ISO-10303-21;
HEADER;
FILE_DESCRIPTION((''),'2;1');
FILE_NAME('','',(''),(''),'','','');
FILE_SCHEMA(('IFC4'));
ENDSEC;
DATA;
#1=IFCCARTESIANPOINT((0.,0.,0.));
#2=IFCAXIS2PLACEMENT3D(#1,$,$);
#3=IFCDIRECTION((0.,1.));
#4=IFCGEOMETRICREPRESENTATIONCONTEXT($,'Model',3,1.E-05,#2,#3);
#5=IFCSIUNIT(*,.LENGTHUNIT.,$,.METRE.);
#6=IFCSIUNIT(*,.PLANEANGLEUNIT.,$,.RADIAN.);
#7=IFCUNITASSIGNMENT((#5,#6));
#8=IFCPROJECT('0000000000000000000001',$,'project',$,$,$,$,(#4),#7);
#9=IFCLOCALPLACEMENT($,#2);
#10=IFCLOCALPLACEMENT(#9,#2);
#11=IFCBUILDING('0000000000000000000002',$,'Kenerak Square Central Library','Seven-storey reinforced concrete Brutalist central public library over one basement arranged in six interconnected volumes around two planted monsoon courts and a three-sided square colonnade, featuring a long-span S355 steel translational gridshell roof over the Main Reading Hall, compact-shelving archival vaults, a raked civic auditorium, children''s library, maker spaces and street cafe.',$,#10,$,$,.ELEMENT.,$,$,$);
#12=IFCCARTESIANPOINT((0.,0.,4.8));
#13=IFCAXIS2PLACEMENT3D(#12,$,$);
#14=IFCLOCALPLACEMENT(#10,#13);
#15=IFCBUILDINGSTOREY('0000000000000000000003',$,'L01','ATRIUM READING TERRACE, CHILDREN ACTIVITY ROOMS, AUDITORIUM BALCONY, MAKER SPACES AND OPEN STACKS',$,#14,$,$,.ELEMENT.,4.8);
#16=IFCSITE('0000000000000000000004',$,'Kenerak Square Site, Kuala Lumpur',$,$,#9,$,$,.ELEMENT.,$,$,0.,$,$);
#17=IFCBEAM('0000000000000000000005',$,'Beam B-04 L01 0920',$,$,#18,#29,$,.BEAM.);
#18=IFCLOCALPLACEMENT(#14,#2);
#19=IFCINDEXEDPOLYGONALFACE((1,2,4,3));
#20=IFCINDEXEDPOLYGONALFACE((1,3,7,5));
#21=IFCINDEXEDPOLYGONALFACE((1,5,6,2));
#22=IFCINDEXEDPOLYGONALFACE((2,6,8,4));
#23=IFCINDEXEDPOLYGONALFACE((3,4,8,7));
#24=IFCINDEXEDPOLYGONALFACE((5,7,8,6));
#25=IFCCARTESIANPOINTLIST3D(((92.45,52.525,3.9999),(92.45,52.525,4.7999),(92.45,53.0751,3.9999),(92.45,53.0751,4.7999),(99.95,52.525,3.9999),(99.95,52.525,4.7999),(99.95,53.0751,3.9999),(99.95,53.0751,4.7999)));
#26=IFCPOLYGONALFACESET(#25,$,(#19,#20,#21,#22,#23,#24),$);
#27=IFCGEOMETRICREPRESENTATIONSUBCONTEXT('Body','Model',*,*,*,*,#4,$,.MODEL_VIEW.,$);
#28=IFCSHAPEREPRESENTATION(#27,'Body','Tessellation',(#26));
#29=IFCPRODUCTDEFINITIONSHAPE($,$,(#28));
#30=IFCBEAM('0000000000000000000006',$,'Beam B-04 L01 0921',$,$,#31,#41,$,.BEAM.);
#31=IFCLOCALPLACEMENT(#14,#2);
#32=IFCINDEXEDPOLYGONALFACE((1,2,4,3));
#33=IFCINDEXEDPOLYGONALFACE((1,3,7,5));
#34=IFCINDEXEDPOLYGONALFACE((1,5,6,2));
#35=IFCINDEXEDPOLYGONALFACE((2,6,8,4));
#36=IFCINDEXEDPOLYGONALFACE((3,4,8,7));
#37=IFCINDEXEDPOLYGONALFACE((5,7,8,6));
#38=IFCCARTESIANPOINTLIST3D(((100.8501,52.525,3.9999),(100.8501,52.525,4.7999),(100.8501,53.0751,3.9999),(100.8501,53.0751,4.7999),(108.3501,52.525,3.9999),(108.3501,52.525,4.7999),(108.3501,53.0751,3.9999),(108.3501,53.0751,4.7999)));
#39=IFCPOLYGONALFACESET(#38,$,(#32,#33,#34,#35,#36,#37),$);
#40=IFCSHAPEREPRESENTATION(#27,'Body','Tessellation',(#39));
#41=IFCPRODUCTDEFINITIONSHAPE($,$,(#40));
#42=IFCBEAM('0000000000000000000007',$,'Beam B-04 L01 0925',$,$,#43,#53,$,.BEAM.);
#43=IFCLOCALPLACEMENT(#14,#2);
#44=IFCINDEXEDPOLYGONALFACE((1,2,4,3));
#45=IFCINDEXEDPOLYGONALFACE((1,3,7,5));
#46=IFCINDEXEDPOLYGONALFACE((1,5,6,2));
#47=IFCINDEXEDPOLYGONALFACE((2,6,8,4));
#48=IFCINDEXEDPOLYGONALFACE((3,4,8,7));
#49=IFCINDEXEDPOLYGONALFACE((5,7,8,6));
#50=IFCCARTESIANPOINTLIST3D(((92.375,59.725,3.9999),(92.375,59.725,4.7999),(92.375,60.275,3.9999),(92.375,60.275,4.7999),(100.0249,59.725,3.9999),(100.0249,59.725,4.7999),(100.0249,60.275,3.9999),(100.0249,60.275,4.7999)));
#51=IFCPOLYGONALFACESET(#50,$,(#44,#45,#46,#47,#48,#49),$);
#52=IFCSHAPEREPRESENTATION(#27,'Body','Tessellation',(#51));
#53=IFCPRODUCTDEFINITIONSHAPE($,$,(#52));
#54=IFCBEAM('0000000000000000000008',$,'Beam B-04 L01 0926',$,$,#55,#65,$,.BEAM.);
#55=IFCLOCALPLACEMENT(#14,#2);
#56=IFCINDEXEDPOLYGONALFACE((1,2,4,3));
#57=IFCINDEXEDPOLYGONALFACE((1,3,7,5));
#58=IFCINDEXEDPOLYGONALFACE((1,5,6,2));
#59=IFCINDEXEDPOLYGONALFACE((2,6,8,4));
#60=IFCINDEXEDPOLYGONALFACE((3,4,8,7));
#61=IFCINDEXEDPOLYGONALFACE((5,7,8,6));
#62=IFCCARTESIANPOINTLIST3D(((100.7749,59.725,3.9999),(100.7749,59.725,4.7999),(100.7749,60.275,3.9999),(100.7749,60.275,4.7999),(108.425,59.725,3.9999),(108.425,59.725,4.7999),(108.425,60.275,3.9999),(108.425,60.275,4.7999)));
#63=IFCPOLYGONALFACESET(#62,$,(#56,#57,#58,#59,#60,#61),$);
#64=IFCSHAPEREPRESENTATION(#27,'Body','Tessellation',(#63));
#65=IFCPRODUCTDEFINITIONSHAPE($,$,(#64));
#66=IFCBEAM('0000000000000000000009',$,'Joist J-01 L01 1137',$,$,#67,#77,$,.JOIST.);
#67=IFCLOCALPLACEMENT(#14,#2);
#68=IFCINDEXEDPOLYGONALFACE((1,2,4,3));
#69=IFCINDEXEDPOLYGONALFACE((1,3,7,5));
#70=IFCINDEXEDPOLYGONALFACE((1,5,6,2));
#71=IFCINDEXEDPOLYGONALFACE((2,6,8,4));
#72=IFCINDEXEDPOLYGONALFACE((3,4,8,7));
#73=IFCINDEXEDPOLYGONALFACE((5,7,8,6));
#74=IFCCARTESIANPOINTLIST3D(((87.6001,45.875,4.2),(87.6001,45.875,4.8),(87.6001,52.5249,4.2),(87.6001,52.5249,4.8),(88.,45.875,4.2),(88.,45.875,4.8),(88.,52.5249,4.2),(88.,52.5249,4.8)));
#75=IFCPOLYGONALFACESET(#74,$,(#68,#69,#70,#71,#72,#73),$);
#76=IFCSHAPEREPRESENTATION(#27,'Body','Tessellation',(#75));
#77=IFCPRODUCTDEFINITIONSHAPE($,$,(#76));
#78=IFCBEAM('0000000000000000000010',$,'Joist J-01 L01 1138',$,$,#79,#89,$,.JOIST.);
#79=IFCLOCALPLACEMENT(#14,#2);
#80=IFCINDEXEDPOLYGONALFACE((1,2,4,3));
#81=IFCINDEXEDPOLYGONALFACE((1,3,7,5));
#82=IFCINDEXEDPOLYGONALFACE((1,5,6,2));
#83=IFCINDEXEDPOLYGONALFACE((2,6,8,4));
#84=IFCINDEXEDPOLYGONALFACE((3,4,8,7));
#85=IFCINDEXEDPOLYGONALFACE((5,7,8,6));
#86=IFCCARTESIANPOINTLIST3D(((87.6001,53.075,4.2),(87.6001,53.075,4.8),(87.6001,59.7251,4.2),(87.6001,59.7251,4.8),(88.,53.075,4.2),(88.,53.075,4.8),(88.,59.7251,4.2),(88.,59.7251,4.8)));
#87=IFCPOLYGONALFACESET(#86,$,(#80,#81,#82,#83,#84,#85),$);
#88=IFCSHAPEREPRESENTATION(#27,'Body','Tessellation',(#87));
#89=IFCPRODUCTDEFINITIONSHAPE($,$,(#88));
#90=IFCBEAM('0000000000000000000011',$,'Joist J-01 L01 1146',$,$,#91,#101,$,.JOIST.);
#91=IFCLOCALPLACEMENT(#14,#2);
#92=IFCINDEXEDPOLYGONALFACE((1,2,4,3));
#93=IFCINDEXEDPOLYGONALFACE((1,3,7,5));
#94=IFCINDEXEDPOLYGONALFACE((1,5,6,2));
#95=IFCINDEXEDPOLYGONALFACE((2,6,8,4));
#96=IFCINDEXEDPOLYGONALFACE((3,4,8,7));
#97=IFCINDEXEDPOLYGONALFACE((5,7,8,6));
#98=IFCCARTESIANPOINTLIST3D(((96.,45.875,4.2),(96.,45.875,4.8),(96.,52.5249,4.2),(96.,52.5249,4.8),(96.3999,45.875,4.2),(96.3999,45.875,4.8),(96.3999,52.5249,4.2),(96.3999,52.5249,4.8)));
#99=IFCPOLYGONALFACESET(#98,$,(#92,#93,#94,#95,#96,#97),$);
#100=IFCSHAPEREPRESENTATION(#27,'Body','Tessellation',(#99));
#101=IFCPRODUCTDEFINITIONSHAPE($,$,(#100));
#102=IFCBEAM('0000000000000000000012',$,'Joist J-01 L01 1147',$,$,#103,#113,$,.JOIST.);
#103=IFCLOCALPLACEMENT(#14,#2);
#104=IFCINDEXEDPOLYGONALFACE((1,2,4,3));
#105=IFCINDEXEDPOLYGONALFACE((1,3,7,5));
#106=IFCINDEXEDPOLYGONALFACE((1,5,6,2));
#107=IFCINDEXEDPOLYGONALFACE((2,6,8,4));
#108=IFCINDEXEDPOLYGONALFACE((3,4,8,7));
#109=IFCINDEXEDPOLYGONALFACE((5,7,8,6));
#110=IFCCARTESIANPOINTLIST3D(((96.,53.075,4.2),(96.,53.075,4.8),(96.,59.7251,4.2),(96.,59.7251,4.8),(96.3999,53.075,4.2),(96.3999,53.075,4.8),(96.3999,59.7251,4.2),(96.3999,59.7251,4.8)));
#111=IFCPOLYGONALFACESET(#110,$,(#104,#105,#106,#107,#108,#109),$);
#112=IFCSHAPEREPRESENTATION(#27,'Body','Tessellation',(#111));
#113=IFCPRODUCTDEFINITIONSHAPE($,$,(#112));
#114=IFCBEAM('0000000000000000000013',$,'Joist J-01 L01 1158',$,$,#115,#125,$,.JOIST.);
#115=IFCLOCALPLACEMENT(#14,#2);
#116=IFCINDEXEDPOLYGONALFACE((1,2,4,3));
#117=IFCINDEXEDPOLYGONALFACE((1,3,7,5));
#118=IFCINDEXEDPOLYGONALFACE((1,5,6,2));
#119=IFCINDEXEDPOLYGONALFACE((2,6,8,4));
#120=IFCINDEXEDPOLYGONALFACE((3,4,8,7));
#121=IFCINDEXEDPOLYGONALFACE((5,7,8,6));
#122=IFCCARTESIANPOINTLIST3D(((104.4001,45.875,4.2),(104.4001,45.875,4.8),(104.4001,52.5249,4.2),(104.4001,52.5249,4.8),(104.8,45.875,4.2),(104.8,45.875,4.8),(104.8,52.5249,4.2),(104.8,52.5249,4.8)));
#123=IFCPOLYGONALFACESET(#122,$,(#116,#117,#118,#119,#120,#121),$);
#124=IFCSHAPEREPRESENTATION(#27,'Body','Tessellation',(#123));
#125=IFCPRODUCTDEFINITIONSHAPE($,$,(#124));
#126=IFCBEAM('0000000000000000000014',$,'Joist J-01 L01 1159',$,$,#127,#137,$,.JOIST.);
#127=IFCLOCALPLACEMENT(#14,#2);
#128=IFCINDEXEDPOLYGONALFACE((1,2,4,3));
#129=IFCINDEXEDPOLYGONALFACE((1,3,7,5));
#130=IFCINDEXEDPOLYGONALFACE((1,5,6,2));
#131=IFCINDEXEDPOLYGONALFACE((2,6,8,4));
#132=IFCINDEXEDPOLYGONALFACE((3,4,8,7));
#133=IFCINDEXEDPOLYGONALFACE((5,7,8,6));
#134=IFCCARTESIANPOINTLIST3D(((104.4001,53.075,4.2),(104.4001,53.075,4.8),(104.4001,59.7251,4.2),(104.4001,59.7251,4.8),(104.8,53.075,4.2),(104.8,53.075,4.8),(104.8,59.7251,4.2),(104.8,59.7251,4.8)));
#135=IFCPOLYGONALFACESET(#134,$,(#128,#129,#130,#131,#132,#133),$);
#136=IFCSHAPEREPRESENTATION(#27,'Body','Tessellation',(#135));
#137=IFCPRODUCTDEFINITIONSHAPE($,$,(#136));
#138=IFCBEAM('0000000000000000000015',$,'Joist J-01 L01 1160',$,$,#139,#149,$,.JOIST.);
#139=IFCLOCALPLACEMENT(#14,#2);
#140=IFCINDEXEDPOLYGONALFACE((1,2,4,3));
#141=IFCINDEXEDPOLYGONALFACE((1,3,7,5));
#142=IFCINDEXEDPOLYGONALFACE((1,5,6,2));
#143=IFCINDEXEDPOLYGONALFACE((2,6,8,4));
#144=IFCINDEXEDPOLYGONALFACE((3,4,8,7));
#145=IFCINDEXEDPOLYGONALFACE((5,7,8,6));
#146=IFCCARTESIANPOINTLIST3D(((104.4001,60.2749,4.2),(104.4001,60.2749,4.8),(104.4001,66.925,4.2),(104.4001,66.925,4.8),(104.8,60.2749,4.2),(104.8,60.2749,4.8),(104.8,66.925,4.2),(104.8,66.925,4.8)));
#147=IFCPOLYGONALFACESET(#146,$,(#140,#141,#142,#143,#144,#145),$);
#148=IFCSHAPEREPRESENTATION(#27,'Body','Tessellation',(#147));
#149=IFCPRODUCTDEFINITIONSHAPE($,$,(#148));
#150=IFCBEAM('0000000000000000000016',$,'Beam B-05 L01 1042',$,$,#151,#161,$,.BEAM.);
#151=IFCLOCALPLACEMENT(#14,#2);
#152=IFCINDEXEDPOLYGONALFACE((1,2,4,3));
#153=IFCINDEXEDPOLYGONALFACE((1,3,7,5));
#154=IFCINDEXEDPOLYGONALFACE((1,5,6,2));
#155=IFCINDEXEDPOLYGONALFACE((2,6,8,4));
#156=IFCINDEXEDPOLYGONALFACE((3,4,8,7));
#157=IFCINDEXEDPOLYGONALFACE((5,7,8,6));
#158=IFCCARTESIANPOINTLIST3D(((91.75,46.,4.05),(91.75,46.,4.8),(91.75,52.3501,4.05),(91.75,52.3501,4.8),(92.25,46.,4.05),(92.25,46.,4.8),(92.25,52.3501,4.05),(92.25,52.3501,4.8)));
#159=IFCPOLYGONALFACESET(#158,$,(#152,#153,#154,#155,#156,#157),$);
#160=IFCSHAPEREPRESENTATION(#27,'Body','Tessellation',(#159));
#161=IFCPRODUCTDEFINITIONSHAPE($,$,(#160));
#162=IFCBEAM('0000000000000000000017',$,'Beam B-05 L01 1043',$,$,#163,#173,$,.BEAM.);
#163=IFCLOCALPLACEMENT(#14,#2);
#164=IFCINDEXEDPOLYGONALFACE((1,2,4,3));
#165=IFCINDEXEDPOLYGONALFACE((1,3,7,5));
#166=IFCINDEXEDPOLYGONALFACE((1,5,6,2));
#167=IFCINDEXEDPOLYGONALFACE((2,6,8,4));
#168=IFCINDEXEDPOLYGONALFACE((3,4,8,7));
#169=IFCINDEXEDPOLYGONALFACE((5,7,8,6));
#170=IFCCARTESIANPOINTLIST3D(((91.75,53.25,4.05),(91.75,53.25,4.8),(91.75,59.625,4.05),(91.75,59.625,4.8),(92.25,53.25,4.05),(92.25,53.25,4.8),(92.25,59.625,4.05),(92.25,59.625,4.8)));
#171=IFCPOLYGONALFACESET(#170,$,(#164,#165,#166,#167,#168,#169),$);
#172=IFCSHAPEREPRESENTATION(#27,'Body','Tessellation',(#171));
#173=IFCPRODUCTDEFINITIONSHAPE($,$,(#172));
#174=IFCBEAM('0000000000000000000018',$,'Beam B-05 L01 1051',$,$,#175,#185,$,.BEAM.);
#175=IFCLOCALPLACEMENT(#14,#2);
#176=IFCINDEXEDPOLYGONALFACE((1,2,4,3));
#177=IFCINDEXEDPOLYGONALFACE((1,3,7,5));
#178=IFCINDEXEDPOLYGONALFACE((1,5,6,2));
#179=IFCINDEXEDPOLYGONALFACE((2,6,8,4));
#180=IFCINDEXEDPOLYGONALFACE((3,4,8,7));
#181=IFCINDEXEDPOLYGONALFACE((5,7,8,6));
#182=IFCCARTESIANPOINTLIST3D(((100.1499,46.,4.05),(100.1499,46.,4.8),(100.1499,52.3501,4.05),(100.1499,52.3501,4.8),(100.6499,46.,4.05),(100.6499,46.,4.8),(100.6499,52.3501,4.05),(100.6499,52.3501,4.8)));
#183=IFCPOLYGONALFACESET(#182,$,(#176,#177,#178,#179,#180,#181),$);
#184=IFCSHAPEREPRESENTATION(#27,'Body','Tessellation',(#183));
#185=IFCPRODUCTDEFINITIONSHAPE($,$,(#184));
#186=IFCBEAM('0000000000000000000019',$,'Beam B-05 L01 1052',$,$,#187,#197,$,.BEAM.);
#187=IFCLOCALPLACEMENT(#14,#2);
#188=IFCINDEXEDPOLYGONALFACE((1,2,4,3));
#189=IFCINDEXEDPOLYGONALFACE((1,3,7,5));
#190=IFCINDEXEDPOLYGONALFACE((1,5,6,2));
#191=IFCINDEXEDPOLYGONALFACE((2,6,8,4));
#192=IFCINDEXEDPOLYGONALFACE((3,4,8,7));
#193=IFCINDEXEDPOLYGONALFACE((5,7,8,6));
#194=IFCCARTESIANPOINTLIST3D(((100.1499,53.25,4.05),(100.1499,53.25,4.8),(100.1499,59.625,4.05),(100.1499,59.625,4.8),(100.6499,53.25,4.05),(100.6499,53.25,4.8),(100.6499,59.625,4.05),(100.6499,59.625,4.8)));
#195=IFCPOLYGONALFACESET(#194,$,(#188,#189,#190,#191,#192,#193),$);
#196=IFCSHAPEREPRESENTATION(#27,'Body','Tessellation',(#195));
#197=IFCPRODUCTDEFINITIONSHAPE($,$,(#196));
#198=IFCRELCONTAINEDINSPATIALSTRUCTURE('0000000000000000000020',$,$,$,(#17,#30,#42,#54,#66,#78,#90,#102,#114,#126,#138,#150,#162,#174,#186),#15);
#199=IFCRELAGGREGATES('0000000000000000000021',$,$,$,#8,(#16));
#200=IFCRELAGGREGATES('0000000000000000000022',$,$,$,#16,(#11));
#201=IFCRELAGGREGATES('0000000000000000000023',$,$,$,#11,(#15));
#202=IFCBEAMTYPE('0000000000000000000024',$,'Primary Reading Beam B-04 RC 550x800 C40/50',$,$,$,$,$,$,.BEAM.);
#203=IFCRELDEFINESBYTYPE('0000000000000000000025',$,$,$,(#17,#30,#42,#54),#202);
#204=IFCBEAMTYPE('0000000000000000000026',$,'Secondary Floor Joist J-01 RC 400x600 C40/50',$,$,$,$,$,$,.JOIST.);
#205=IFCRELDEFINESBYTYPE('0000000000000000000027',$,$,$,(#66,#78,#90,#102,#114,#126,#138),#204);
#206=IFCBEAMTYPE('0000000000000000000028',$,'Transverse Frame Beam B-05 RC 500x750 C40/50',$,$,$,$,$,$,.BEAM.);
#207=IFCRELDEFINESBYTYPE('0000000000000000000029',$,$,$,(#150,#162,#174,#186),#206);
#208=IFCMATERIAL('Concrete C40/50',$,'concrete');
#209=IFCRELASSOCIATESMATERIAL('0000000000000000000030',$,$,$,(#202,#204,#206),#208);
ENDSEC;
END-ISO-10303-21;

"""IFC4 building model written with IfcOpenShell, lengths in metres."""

from ifc_helpers import new_model, si_unit, direction, frame, origin, origin_2d, place, context, subcontext, project, spatial, rectangle, extrude, material, material_profile, profile_set, type_object, element, save


model = new_model("IFC4")

# Units and contexts
model_context = context("Model", 3, precision=1e-05, world=origin(), true_north=direction((0.0, 1.0)))
body_context = subcontext(model_context, "Body", "Model", "MODEL_VIEW")
ifc_project = project(units=[si_unit("LENGTHUNIT", "METRE"), si_unit("PLANEANGLEUNIT", "RADIAN")], contexts=[model_context])

# Site, building, storey
site_placement = place(None, origin())
site = spatial("IfcSite", under=ifc_project, at=site_placement, Name="Kenerak Square Site, Kuala Lumpur", CompositionType="ELEMENT", RefElevation=0.0)
building_placement = place(site_placement, origin())
building = spatial("IfcBuilding", under=site, at=building_placement, Name="Kenerak Square Central Library", Description="Seven-storey reinforced concrete Brutalist central public library over one basement arranged in six interconnected volumes around two planted monsoon courts and a three-sided square colonnade, featuring a long-span S355 steel translational gridshell roof over the Main Reading Hall, compact-shelving archival vaults, a raked civic auditorium, children's library, maker spaces and street cafe.", CompositionType="ELEMENT")
storey_placement = place(building_placement, frame((0.0, 0.0, 4.8)))
storey = spatial("IfcBuildingStorey", under=building, at=storey_placement, Name="L01", Description="ATRIUM READING TERRACE, CHILDREN ACTIVITY ROOMS, AUDITORIUM BALCONY, MAKER SPACES AND OPEN STACKS", CompositionType="ELEMENT", Elevation=4.8)

# Shared definitions
ifc_material_1 = material(Name="Concrete C40/50", Category="concrete")

# Beams
ifc_material_profile_1 = material_profile(ifc_material_1, rectangle(XDim=0.55, YDim=0.8, at=origin_2d()), Name="RC 550x800")
ifc_profile_set_1 = profile_set([ifc_material_profile_1], Name="Concrete C40/50")
beam_type_1 = type_object("IfcBeamType", Name="Primary Reading Beam B-04 RC 550x800 C40/50", PredefinedType="BEAM", material=ifc_profile_set_1)
for number, where, z_axis, x_axis, name in (
    (1, (92.45, 52.8, 4.3999), (1.0, 0.0, 0.0), (0.0, 1.0, 0.0), "Beam B-04 L01 0920"),
    (2, (100.8501, 52.8, 4.3999), (1.0, 0.0, 0.0), (0.0, 1.0, 0.0), "Beam B-04 L01 0921"),
):
    element("IfcBeam", number, at=place(storey_placement, frame(where, z_axis=z_axis, x_axis=x_axis)), inside=storey, type_object=beam_type_1, Name=name, PredefinedType="BEAM", context=body_context, shape_type="SweptSolid", body=[
        extrude(rectangle(XDim=0.55, YDim=0.8, at=origin_2d()), origin(), (0.0, 0.0, 1.0), 7.5),
    ])
beam_1_placement = place(storey_placement, frame((92.375, 60.0, 4.3999), z_axis=(1.0, 0.0, 0.0), x_axis=(0.0, 1.0, 0.0)))
element("IfcBeam", 3, at=beam_1_placement, inside=storey, type_object=beam_type_1, Name="Beam B-04 L01 0925", PredefinedType="BEAM", context=body_context, shape_type="SweptSolid", body=[
    extrude(rectangle(XDim=0.55, YDim=0.8, at=origin_2d()), origin(), (0.0, 0.0, 1.0), 7.6499),
])
beam_2_placement = place(storey_placement, frame((100.7749, 60.0, 4.3999), z_axis=(1.0, 0.0, 0.0), x_axis=(0.0, 1.0, 0.0)))
element("IfcBeam", 4, at=beam_2_placement, inside=storey, type_object=beam_type_1, Name="Beam B-04 L01 0926", PredefinedType="BEAM", context=body_context, shape_type="SweptSolid", body=[
    extrude(rectangle(XDim=0.55, YDim=0.8, at=origin_2d()), origin(), (0.0, 0.0, 1.0), 7.6501),
])
ifc_material_profile_2 = material_profile(ifc_material_1, rectangle(XDim=0.3999, YDim=0.6001, at=origin_2d()), Name="RC 400x600")
ifc_profile_set_2 = profile_set([ifc_material_profile_2], Name="Concrete C40/50")
beam_type_2 = type_object("IfcBeamType", Name="Secondary Floor Joist J-01 RC 400x600 C40/50", PredefinedType="JOIST", material=ifc_profile_set_2)
beam_3_placement = place(storey_placement, frame((87.8, 45.875, 4.5), z_axis=(0.0, 1.0, 0.0), x_axis=(-1.0, 0.0, 0.0)))
element("IfcBeam", 5, at=beam_3_placement, inside=storey, type_object=beam_type_2, Name="Joist J-01 L01 1137", PredefinedType="JOIST", context=body_context, shape_type="SweptSolid", body=[
    extrude(rectangle(XDim=0.3999, YDim=0.6001, at=origin_2d()), origin(), (0.0, 0.0, 1.0), 6.6499),
])
beam_4_placement = place(storey_placement, frame((87.8, 53.075, 4.5), z_axis=(0.0, 1.0, 0.0), x_axis=(-1.0, 0.0, 0.0)))
element("IfcBeam", 6, at=beam_4_placement, inside=storey, type_object=beam_type_2, Name="Joist J-01 L01 1138", PredefinedType="JOIST", context=body_context, shape_type="SweptSolid", body=[
    extrude(rectangle(XDim=0.3999, YDim=0.6001, at=origin_2d()), origin(), (0.0, 0.0, 1.0), 6.6501),
])
beam_5_placement = place(storey_placement, frame((96.2, 45.875, 4.5), z_axis=(0.0, 1.0, 0.0), x_axis=(-1.0, 0.0, 0.0)))
element("IfcBeam", 7, at=beam_5_placement, inside=storey, type_object=beam_type_2, Name="Joist J-01 L01 1146", PredefinedType="JOIST", context=body_context, shape_type="SweptSolid", body=[
    extrude(rectangle(XDim=0.3999, YDim=0.6001, at=origin_2d()), origin(), (0.0, 0.0, 1.0), 6.6499),
])
beam_6_placement = place(storey_placement, frame((96.2, 53.075, 4.5), z_axis=(0.0, 1.0, 0.0), x_axis=(-1.0, 0.0, 0.0)))
element("IfcBeam", 8, at=beam_6_placement, inside=storey, type_object=beam_type_2, Name="Joist J-01 L01 1147", PredefinedType="JOIST", context=body_context, shape_type="SweptSolid", body=[
    extrude(rectangle(XDim=0.3999, YDim=0.6001, at=origin_2d()), origin(), (0.0, 0.0, 1.0), 6.6501),
])
beam_7_placement = place(storey_placement, frame((104.6001, 45.875, 4.5), z_axis=(0.0, 1.0, 0.0), x_axis=(-1.0, 0.0, 0.0)))
element("IfcBeam", 9, at=beam_7_placement, inside=storey, type_object=beam_type_2, Name="Joist J-01 L01 1158", PredefinedType="JOIST", context=body_context, shape_type="SweptSolid", body=[
    extrude(rectangle(XDim=0.3999, YDim=0.6001, at=origin_2d()), origin(), (0.0, 0.0, 1.0), 6.6499),
])
for number, where, z_axis, x_axis, name in (
    (10, (104.6001, 53.075, 4.5), (0.0, 1.0, 0.0), (-1.0, 0.0, 0.0), "Joist J-01 L01 1159"),
    (11, (104.6001, 60.2749, 4.5), (0.0, 1.0, 0.0), (-1.0, 0.0, 0.0), "Joist J-01 L01 1160"),
):
    element("IfcBeam", number, at=place(storey_placement, frame(where, z_axis=z_axis, x_axis=x_axis)), inside=storey, type_object=beam_type_2, Name=name, PredefinedType="JOIST", context=body_context, shape_type="SweptSolid", body=[
        extrude(rectangle(XDim=0.3999, YDim=0.6001, at=origin_2d()), origin(), (0.0, 0.0, 1.0), 6.6501),
    ])
ifc_material_profile_3 = material_profile(ifc_material_1, rectangle(XDim=0.5, YDim=0.75, at=origin_2d()), Name="RC 500x750")
ifc_profile_set_3 = profile_set([ifc_material_profile_3], Name="Concrete C40/50")
beam_type_3 = type_object("IfcBeamType", Name="Transverse Frame Beam B-05 RC 500x750 C40/50", PredefinedType="BEAM", material=ifc_profile_set_3)
beam_8_placement = place(storey_placement, frame((92.0, 46.0, 4.425), z_axis=(0.0, 1.0, 0.0), x_axis=(-1.0, 0.0, 0.0)))
element("IfcBeam", 12, at=beam_8_placement, inside=storey, type_object=beam_type_3, Name="Beam B-05 L01 1042", PredefinedType="BEAM", context=body_context, shape_type="SweptSolid", body=[
    extrude(rectangle(XDim=0.5, YDim=0.75, at=origin_2d()), origin(), (0.0, 0.0, 1.0), 6.3501),
])
beam_9_placement = place(storey_placement, frame((92.0, 53.25, 4.425), z_axis=(0.0, 1.0, 0.0), x_axis=(-1.0, 0.0, 0.0)))
element("IfcBeam", 13, at=beam_9_placement, inside=storey, type_object=beam_type_3, Name="Beam B-05 L01 1043", PredefinedType="BEAM", context=body_context, shape_type="SweptSolid", body=[
    extrude(rectangle(XDim=0.5, YDim=0.75, at=origin_2d()), origin(), (0.0, 0.0, 1.0), 6.375),
])
beam_10_placement = place(storey_placement, frame((100.3999, 46.0, 4.425), z_axis=(0.0, 1.0, 0.0), x_axis=(-1.0, 0.0, 0.0)))
element("IfcBeam", 14, at=beam_10_placement, inside=storey, type_object=beam_type_3, Name="Beam B-05 L01 1051", PredefinedType="BEAM", context=body_context, shape_type="SweptSolid", body=[
    extrude(rectangle(XDim=0.5, YDim=0.75, at=origin_2d()), origin(), (0.0, 0.0, 1.0), 6.3501),
])
beam_11_placement = place(storey_placement, frame((100.3999, 53.25, 4.425), z_axis=(0.0, 1.0, 0.0), x_axis=(-1.0, 0.0, 0.0)))
element("IfcBeam", 15, at=beam_11_placement, inside=storey, type_object=beam_type_3, Name="Beam B-05 L01 1052", PredefinedType="BEAM", context=body_context, shape_type="SweptSolid", body=[
    extrude(rectangle(XDim=0.5, YDim=0.75, at=origin_2d()), origin(), (0.0, 0.0, 1.0), 6.375),
])

save(model, "model.ifc")
